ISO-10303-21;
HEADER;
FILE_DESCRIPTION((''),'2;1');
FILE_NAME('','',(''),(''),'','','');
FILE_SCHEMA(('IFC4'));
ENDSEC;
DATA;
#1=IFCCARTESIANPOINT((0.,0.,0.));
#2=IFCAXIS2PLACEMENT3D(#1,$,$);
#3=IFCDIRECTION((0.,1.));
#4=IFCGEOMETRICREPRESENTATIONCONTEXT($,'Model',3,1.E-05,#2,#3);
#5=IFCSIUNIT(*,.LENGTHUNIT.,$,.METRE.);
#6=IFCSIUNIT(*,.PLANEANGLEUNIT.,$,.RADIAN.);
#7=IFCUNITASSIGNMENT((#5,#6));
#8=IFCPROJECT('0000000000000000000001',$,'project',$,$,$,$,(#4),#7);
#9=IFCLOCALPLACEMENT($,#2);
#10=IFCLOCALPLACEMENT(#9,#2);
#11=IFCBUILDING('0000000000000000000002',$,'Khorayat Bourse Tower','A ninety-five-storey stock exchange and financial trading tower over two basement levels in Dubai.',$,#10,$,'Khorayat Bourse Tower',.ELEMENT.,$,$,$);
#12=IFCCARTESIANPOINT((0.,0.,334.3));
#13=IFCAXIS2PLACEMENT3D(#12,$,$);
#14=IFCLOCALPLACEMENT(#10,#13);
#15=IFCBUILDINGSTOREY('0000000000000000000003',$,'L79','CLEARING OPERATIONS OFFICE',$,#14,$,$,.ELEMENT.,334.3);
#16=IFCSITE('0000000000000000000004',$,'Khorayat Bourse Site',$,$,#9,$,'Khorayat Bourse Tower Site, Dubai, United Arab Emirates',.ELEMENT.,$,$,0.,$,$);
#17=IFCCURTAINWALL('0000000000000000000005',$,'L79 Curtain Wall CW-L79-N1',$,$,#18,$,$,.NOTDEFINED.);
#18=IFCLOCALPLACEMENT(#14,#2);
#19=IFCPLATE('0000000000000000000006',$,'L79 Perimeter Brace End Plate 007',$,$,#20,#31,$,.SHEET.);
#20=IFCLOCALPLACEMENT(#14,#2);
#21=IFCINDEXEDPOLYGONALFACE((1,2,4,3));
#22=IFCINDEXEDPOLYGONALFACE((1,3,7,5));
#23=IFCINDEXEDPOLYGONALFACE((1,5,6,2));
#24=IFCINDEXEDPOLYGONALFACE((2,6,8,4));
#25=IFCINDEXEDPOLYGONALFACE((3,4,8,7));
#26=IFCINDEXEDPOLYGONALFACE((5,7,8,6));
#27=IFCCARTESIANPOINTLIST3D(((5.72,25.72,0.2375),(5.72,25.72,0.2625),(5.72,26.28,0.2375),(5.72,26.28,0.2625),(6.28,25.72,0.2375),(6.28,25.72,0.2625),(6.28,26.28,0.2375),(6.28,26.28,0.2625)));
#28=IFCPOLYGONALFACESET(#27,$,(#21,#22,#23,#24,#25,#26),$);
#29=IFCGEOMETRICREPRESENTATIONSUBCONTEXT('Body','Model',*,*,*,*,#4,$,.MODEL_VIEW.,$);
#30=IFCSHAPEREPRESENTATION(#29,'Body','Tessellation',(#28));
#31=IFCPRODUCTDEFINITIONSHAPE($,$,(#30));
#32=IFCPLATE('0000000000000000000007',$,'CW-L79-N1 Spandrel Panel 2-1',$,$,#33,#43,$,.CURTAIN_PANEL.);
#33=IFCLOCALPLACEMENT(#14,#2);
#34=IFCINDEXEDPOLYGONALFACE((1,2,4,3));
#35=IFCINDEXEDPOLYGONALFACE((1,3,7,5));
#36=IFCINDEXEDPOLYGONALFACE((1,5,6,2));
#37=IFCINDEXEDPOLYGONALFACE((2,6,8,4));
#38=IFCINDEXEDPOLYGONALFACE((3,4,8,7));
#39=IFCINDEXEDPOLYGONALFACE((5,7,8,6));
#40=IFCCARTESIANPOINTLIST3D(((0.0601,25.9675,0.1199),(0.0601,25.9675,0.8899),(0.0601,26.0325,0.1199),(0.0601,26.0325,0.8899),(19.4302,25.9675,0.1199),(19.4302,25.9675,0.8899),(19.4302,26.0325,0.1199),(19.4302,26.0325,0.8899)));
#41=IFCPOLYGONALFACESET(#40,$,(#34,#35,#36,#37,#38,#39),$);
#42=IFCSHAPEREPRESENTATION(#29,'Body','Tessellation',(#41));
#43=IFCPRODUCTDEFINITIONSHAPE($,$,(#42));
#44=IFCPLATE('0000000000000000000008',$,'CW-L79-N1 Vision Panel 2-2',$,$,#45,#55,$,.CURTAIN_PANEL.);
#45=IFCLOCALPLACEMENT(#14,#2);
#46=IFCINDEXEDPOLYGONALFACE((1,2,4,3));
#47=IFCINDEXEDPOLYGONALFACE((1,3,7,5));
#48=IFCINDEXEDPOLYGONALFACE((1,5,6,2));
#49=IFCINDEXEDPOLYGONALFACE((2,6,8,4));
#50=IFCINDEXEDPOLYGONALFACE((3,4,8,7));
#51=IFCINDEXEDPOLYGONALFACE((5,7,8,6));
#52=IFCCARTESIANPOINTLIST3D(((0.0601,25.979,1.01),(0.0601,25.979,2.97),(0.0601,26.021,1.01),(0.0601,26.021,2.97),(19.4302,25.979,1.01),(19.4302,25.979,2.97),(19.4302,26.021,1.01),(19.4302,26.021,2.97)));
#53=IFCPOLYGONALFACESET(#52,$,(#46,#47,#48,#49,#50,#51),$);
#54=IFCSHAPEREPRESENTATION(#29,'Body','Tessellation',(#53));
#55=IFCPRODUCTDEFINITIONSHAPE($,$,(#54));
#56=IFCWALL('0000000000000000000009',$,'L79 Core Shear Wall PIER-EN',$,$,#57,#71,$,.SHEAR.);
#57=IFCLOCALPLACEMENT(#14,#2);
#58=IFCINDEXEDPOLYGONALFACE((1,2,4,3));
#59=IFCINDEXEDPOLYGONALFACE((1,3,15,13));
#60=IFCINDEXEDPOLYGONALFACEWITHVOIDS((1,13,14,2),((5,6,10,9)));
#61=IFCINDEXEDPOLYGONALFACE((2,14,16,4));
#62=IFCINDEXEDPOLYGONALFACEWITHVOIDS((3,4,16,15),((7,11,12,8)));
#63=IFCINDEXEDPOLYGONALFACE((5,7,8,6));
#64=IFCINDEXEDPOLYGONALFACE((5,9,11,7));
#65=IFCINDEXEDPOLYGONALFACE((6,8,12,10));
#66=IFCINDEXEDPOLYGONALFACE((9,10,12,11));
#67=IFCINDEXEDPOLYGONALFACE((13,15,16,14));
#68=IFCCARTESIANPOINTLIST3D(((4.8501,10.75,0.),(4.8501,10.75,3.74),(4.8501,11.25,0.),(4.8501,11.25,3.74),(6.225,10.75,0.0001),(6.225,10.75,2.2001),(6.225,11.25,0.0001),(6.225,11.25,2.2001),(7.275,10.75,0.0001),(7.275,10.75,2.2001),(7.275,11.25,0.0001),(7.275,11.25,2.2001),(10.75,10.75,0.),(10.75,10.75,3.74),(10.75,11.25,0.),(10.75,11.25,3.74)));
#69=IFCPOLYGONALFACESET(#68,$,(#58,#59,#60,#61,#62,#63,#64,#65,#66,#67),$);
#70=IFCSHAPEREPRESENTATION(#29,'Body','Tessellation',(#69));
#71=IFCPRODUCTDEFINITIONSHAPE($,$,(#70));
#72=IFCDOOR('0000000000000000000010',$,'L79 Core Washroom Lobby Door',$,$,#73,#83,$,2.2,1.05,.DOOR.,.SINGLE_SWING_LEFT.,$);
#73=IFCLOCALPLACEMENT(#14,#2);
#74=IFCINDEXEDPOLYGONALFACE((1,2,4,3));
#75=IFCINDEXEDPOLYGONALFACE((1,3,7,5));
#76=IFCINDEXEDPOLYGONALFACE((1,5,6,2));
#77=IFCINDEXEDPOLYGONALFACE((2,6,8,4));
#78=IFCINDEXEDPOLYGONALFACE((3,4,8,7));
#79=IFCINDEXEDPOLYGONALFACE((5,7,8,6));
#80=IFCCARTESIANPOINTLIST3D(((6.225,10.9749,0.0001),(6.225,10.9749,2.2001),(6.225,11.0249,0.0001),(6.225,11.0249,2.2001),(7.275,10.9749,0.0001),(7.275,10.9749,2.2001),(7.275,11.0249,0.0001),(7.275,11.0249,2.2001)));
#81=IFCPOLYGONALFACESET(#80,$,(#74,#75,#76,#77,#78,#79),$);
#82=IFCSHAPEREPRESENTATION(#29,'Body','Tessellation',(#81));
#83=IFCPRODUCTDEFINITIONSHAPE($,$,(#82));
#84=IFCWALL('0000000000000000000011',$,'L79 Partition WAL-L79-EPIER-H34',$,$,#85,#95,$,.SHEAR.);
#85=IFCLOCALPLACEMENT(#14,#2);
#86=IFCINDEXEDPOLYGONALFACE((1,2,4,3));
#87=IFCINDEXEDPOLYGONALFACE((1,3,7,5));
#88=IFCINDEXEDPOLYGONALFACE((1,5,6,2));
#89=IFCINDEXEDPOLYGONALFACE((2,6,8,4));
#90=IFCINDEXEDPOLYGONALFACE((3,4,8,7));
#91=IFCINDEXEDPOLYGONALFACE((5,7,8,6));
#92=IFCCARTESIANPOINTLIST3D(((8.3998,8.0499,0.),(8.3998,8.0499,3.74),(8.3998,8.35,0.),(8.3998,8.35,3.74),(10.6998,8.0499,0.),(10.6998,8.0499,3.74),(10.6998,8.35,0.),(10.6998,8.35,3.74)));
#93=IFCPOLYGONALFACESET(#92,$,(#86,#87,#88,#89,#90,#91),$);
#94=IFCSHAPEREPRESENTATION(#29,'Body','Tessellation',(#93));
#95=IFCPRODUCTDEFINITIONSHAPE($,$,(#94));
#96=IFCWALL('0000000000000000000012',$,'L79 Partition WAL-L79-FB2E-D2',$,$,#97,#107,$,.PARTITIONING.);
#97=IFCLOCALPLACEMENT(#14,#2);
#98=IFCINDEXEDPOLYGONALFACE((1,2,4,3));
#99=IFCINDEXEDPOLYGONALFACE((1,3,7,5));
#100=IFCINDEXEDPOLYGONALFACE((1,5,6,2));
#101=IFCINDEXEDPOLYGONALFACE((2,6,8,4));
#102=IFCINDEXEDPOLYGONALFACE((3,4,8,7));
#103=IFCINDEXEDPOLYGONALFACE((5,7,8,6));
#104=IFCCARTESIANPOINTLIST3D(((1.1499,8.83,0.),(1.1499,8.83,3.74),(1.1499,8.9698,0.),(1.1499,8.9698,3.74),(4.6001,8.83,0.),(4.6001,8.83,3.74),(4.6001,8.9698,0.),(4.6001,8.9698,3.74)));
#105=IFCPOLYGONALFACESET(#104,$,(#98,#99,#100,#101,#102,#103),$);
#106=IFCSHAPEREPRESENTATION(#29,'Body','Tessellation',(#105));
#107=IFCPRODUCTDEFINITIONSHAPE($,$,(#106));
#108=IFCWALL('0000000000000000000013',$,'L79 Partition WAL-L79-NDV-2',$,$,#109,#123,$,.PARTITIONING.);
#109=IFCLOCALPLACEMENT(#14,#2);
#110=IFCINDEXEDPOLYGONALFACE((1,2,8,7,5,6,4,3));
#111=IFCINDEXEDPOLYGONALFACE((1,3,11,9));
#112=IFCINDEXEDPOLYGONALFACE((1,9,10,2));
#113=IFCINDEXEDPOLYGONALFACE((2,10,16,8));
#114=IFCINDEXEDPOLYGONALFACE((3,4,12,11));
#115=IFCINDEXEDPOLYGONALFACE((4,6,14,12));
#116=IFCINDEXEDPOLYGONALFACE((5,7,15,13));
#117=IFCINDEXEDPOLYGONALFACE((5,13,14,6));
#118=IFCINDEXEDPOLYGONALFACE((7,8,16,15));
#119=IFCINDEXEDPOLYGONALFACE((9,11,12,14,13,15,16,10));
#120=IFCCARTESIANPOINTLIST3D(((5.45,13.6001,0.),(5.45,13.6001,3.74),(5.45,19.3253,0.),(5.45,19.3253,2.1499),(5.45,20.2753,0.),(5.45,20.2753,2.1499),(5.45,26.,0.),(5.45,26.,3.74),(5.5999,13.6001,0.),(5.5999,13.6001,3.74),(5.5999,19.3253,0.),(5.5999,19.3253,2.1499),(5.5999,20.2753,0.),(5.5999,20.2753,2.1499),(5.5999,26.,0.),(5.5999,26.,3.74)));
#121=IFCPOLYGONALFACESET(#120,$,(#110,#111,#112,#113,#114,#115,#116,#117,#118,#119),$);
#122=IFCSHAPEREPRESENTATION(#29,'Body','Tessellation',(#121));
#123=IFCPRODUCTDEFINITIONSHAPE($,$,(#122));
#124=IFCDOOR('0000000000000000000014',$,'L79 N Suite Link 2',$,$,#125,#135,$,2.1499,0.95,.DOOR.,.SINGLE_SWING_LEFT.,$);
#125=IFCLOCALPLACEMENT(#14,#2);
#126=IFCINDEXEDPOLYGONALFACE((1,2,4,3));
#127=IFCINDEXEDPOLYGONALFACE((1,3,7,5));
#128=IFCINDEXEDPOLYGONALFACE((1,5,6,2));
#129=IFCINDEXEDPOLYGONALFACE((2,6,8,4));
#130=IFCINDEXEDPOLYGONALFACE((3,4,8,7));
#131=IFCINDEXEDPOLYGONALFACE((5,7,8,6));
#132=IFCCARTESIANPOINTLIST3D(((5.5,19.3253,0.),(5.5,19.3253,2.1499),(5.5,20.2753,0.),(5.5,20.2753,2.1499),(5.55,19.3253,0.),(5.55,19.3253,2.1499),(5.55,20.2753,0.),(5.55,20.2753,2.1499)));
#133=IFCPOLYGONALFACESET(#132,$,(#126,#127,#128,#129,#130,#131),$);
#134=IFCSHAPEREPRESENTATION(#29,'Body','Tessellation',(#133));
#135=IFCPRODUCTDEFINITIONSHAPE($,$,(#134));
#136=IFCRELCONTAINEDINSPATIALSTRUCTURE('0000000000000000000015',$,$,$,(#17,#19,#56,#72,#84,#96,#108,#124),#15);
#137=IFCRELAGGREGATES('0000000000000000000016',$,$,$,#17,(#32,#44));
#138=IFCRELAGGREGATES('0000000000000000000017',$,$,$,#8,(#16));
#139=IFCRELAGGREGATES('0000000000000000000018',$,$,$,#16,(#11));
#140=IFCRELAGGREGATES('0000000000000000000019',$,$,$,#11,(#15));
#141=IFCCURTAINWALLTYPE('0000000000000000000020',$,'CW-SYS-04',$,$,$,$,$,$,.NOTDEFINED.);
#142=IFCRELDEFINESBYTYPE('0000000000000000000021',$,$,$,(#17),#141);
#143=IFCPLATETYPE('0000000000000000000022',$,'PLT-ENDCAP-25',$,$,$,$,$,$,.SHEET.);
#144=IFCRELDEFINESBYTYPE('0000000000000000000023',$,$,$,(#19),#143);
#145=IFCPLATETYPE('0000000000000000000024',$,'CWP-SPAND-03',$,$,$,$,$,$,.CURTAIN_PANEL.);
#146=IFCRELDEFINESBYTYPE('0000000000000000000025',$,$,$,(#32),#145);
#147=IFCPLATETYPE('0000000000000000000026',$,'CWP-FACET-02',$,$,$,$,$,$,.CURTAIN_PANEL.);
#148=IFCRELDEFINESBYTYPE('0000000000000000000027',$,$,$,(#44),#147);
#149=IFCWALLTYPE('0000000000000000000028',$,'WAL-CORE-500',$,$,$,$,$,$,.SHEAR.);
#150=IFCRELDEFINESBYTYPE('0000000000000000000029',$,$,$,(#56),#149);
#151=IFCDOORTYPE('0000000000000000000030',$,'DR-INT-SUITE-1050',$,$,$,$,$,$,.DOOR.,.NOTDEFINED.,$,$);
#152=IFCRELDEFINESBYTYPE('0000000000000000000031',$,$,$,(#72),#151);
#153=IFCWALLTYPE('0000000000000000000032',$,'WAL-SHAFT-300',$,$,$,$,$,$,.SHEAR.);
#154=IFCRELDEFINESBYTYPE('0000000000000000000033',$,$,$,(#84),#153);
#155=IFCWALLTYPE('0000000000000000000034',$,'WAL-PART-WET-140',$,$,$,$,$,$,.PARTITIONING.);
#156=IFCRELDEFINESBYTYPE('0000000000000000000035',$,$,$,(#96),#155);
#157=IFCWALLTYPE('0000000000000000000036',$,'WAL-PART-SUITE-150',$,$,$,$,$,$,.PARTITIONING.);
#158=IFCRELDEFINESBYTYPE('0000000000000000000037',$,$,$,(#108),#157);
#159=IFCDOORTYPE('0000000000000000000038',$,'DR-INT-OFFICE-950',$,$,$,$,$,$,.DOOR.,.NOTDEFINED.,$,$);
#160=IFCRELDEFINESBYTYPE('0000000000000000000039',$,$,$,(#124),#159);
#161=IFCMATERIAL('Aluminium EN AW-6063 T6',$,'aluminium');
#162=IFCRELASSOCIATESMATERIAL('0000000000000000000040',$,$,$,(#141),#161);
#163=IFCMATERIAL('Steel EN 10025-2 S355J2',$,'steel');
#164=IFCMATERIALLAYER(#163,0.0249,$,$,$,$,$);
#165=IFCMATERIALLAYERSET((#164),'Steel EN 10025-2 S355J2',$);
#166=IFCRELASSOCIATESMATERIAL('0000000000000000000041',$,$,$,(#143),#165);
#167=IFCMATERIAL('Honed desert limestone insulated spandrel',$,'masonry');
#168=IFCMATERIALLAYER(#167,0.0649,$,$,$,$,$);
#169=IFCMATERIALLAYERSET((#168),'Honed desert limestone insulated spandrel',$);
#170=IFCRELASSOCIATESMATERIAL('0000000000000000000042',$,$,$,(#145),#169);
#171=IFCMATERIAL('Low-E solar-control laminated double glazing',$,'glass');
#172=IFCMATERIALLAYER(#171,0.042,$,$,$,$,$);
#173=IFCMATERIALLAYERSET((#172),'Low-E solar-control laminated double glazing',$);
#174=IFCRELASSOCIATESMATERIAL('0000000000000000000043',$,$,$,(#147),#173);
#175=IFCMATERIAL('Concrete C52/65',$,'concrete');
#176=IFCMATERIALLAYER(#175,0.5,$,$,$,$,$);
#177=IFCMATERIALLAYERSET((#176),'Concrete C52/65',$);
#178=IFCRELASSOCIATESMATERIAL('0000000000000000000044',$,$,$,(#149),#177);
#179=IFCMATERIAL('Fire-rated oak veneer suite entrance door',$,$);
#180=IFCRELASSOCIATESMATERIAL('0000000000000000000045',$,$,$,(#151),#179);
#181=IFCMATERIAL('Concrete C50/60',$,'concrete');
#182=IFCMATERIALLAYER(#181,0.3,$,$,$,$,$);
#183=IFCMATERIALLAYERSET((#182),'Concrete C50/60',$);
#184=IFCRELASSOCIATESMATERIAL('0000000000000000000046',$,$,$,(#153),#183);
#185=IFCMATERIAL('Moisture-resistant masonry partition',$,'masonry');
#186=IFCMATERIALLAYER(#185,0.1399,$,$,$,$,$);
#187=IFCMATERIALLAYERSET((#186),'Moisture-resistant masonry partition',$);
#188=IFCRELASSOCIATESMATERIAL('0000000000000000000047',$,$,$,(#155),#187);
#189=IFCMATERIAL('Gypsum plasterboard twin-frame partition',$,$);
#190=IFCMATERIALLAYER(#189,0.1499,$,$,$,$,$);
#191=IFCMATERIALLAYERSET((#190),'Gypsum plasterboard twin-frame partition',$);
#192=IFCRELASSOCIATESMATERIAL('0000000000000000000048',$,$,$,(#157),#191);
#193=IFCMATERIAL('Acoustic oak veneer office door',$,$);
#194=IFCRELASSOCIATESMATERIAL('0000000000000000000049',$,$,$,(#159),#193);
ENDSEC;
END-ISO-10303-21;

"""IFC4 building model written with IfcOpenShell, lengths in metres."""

from ifc_helpers import new_model, si_unit, direction, frame, frame_2d, origin, origin_2d, place, context, subcontext, project, spatial, rectangle, extrude, source, transform, mapped, material, layer, layer_set, type_object, element, fill, aggregate, save


model = new_model("IFC4")

# Units and contexts
model_context = context("Model", 3, precision=1e-05, world=origin(), true_north=direction((0.0, 1.0)))
body_context = subcontext(model_context, "Body", "Model", "MODEL_VIEW")
ifc_project = project(units=[si_unit("LENGTHUNIT", "METRE"), si_unit("PLANEANGLEUNIT", "RADIAN")], contexts=[model_context])

# Site, building, storey
site_placement = place(None, origin())
site = spatial("IfcSite", under=ifc_project, at=site_placement, Name="Khorayat Bourse Site", LongName="Khorayat Bourse Tower Site, Dubai, United Arab Emirates", CompositionType="ELEMENT", RefElevation=0.0)
building_placement = place(site_placement, origin())
building = spatial("IfcBuilding", under=site, at=building_placement, Name="Khorayat Bourse Tower", Description="A ninety-five-storey stock exchange and financial trading tower over two basement levels in Dubai.", LongName="Khorayat Bourse Tower", CompositionType="ELEMENT")
storey_placement = place(building_placement, frame((0.0, 0.0, 334.3)))
storey = spatial("IfcBuildingStorey", under=building, at=storey_placement, Name="L79", Description="CLEARING OPERATIONS OFFICE", CompositionType="ELEMENT", Elevation=334.3)

# Shared definitions
ifc_material_1 = material(Name="Concrete C52/65", Category="concrete")
ifc_material_2 = material(Name="Steel EN 10025-2 S355J2", Category="steel")

# Curtain wall
ifc_material_3 = material(Name="Aluminium EN AW-6063 T6", Category="aluminium")
curtain_wall_type = type_object("IfcCurtainWallType", Name="CW-SYS-04", PredefinedType="NOTDEFINED", material=ifc_material_3)
curtain_wall_placement = place(storey_placement, origin())
curtain_wall = element("IfcCurtainWall", 1, at=curtain_wall_placement, inside=storey, type_object=curtain_wall_type, Name="L79 Curtain Wall CW-L79-N1", PredefinedType="NOTDEFINED")

# Plates
ifc_layer_1 = layer(ifc_material_2, 0.0249)
ifc_layer_set_1 = layer_set([ifc_layer_1], Name="Steel EN 10025-2 S355J2")
plate_type_1 = type_object("IfcPlateType", Name="PLT-ENDCAP-25", PredefinedType="SHEET", material=ifc_layer_set_1)
shared_shape_1 = source(origin(), body_context, "Body", "SweptSolid", [
    extrude(rectangle(XDim=0.5601, YDim=0.5601, at=origin_2d()), origin(), (0.0, 0.0, 1.0), 0.0249),
])
plate_1_placement = place(storey_placement, frame((6.0, 26.0, 0.2375), z_axis=(0.0, 0.0, 1.0), x_axis=(1.0, 0.0, 0.0)))
element("IfcPlate", 2, at=plate_1_placement, inside=storey, type_object=plate_type_1, Name="L79 Perimeter Brace End Plate 007", PredefinedType="SHEET", context=body_context, shape_type="MappedRepresentation", body=[
    mapped(shared_shape_1, transform((0.0, 0.0, 0.0), scale=1.0)),
])
ifc_material_4 = material(Name="Honed desert limestone insulated spandrel", Category="masonry")
ifc_layer_2 = layer(ifc_material_4, 0.0649)
ifc_layer_set_2 = layer_set([ifc_layer_2], Name="Honed desert limestone insulated spandrel")
plate_type_2 = type_object("IfcPlateType", Name="CWP-SPAND-03", PredefinedType="CURTAIN_PANEL", material=ifc_layer_set_2)
shared_shape_2 = source(origin(), body_context, "Body", "SweptSolid", [
    extrude(rectangle(XDim=19.3701, YDim=0.0649, at=origin_2d()), origin(), (0.0, 0.0, 1.0), 0.77),
])
plate_2_placement = place(storey_placement, frame((9.7451, 26.0, 0.1199), z_axis=(0.0, 0.0, 1.0), x_axis=(1.0, 0.0, 0.0)))
plate_2 = element("IfcPlate", 3, at=plate_2_placement, type_object=plate_type_2, Name="CW-L79-N1 Spandrel Panel 2-1", PredefinedType="CURTAIN_PANEL", context=body_context, shape_type="MappedRepresentation", body=[
    mapped(shared_shape_2, transform((0.0, 0.0, 0.0), scale=1.0)),
])
ifc_material_5 = material(Name="Low-E solar-control laminated double glazing", Category="glass")
ifc_layer_3 = layer(ifc_material_5, 0.042)
ifc_layer_set_3 = layer_set([ifc_layer_3], Name="Low-E solar-control laminated double glazing")
plate_type_3 = type_object("IfcPlateType", Name="CWP-FACET-02", PredefinedType="CURTAIN_PANEL", material=ifc_layer_set_3)
shared_shape_3 = source(origin(), body_context, "Body", "SweptSolid", [
    extrude(rectangle(XDim=19.3701, YDim=0.042, at=origin_2d()), origin(), (0.0, 0.0, 1.0), 1.96),
])
plate_3_placement = place(storey_placement, frame((9.7451, 26.0, 1.01), z_axis=(0.0, 0.0, 1.0), x_axis=(1.0, 0.0, 0.0)))
plate_3 = element("IfcPlate", 4, at=plate_3_placement, type_object=plate_type_3, Name="CW-L79-N1 Vision Panel 2-2", PredefinedType="CURTAIN_PANEL", context=body_context, shape_type="MappedRepresentation", body=[
    mapped(shared_shape_3, transform((0.0, 0.0, 0.0), scale=1.0)),
])
aggregate(curtain_wall, [plate_2, plate_3])

# Wall, opening, door
ifc_layer_4 = layer(ifc_material_1, 0.5)
ifc_layer_set_4 = layer_set([ifc_layer_4], Name="Concrete C52/65")
wall_type_1 = type_object("IfcWallType", Name="WAL-CORE-500", PredefinedType="SHEAR", material=ifc_layer_set_4)
shared_shape_4 = source(origin(), body_context, "Body", "SweptSolid", [
    extrude(rectangle(XDim=5.8999, YDim=0.5, at=frame_2d((2.95, 0.0))), origin(), (0.0, 0.0, 1.0), 3.74),
])
wall_1_placement = place(storey_placement, frame((4.8501, 11.0, 0.0), z_axis=(0.0, 0.0, 1.0), x_axis=(1.0, 0.0, 0.0)))
wall_1 = element("IfcWall", 5, at=wall_1_placement, inside=storey, type_object=wall_type_1, Name="L79 Core Shear Wall PIER-EN", PredefinedType="SHEAR", context=body_context, shape_type="MappedRepresentation", body=[
    mapped(shared_shape_4, transform((0.0, 0.0, 0.0), scale=1.0)),
])
shared_shape_5 = source(origin(), body_context, "Body", "SweptSolid", [
    extrude(rectangle(XDim=1.05, YDim=2.2, at=frame_2d((0.5249, 1.1001))), frame((0.0, 0.26, 0.0), z_axis=(0.0, -1.0, 0.0), x_axis=(1.0, 0.0, 0.0)), (0.0, 0.0, 1.0), 0.52),
])
opening_1_placement = place(wall_1_placement, frame((1.375, 0.0, 0.0)))
opening_1 = element("IfcOpeningElement", 6, at=opening_1_placement, cuts=wall_1, PredefinedType="OPENING", context=body_context, shape_type="MappedRepresentation", body=[
    mapped(shared_shape_5, transform((0.0, 0.0, 0.0), scale=1.0)),
])
ifc_material_6 = material(Name="Fire-rated oak veneer suite entrance door")
door_type_1 = type_object("IfcDoorType", Name="DR-INT-SUITE-1050", OperationType="NOTDEFINED", PredefinedType="DOOR", material=ifc_material_6)
shared_shape_6 = source(origin(), body_context, "Body", "SweptSolid", [
    extrude(rectangle(XDim=1.05, YDim=2.2, at=frame_2d((0.5249, 1.1001))), frame((0.0, 0.0249, 0.0), z_axis=(0.0, -1.0, 0.0), x_axis=(1.0, 0.0, 0.0)), (0.0, 0.0, 1.0), 0.05),
])
door_1_placement = place(opening_1_placement, origin())
door_1 = element("IfcDoor", 7, at=door_1_placement, inside=storey, type_object=door_type_1, Name="L79 Core Washroom Lobby Door", OperationType="SINGLE_SWING_LEFT", OverallHeight=2.2, OverallWidth=1.05, PredefinedType="DOOR", context=body_context, shape_type="MappedRepresentation", body=[
    mapped(shared_shape_6, transform((0.0, 0.0, 0.0), scale=1.0)),
])
fill(opening_1, door_1)

# Wall
ifc_material_7 = material(Name="Concrete C50/60", Category="concrete")
ifc_layer_5 = layer(ifc_material_7, 0.3)
ifc_layer_set_5 = layer_set([ifc_layer_5], Name="Concrete C50/60")
wall_type_2 = type_object("IfcWallType", Name="WAL-SHAFT-300", PredefinedType="SHEAR", material=ifc_layer_set_5)
shared_shape_7 = source(origin(), body_context, "Body", "SweptSolid", [
    extrude(rectangle(XDim=2.3, YDim=0.3, at=frame_2d((1.1499, 0.0))), origin(), (0.0, 0.0, 1.0), 3.74),
])
wall_2_placement = place(storey_placement, frame((8.3999, 8.2, 0.0), z_axis=(0.0, 0.0, 1.0), x_axis=(1.0, 0.0, 0.0)))
element("IfcWall", 8, at=wall_2_placement, inside=storey, type_object=wall_type_2, Name="L79 Partition WAL-L79-EPIER-H34", PredefinedType="SHEAR", context=body_context, shape_type="MappedRepresentation", body=[
    mapped(shared_shape_7, transform((0.0, 0.0, 0.0), scale=1.0)),
])

# Shared definitions
ifc_material_8 = material(Name="Moisture-resistant masonry partition", Category="masonry")
ifc_layer_6 = layer(ifc_material_8, 0.1399)
ifc_layer_set_6 = layer_set([ifc_layer_6], Name="Moisture-resistant masonry partition")
wall_type_3 = type_object("IfcWallType", Name="WAL-PART-WET-140", PredefinedType="PARTITIONING", material=ifc_layer_set_6)

# Wall
shared_shape_8 = source(origin(), body_context, "Body", "SweptSolid", [
    extrude(rectangle(XDim=3.4502, YDim=0.1399, at=frame_2d((1.7251, 0.0))), origin(), (0.0, 0.0, 1.0), 3.74),
])
wall_3_placement = place(storey_placement, frame((1.1499, 8.8999, 0.0), z_axis=(0.0, 0.0, 1.0), x_axis=(1.0, 0.0, 0.0)))
element("IfcWall", 9, at=wall_3_placement, inside=storey, type_object=wall_type_3, Name="L79 Partition WAL-L79-FB2E-D2", PredefinedType="PARTITIONING", context=body_context, shape_type="MappedRepresentation", body=[
    mapped(shared_shape_8, transform((0.0, 0.0, 0.0), scale=1.0)),
])

# Wall, opening, door
ifc_material_9 = material(Name="Gypsum plasterboard twin-frame partition")
ifc_layer_7 = layer(ifc_material_9, 0.1499)
ifc_layer_set_7 = layer_set([ifc_layer_7], Name="Gypsum plasterboard twin-frame partition")
wall_type_4 = type_object("IfcWallType", Name="WAL-PART-SUITE-150", PredefinedType="PARTITIONING", material=ifc_layer_set_7)
shared_shape_9 = source(origin(), body_context, "Body", "SweptSolid", [
    extrude(rectangle(XDim=12.3999, YDim=0.1499, at=frame_2d((6.2, 0.0))), origin(), (0.0, 0.0, 1.0), 3.74),
])
wall_4_placement = place(storey_placement, frame((5.5249, 13.6001, 0.0), z_axis=(0.0, 0.0, 1.0), x_axis=(0.0, 1.0, 0.0)))
wall_4 = element("IfcWall", 10, at=wall_4_placement, inside=storey, type_object=wall_type_4, Name="L79 Partition WAL-L79-NDV-2", PredefinedType="PARTITIONING", context=body_context, shape_type="MappedRepresentation", body=[
    mapped(shared_shape_9, transform((0.0, 0.0, 0.0), scale=1.0)),
])
shared_shape_10 = source(origin(), body_context, "Body", "SweptSolid", [
    extrude(rectangle(XDim=0.95, YDim=2.1499, at=frame_2d((0.4751, 1.075))), frame((0.0, 0.085, 0.0), z_axis=(0.0, -1.0, 0.0), x_axis=(1.0, 0.0, 0.0)), (0.0, 0.0, 1.0), 0.1699),
])
opening_2_placement = place(wall_4_placement, frame((5.7251, 0.0, 0.0)))
opening_2 = element("IfcOpeningElement", 11, at=opening_2_placement, cuts=wall_4, PredefinedType="OPENING", context=body_context, shape_type="MappedRepresentation", body=[
    mapped(shared_shape_10, transform((0.0, 0.0, 0.0), scale=1.0)),
])
ifc_material_10 = material(Name="Acoustic oak veneer office door")
door_type_2 = type_object("IfcDoorType", Name="DR-INT-OFFICE-950", OperationType="NOTDEFINED", PredefinedType="DOOR", material=ifc_material_10)
shared_shape_11 = source(origin(), body_context, "Body", "SweptSolid", [
    extrude(rectangle(XDim=0.95, YDim=2.1499, at=frame_2d((0.4751, 1.075))), frame((0.0, 0.0249, 0.0), z_axis=(0.0, -1.0, 0.0), x_axis=(1.0, 0.0, 0.0)), (0.0, 0.0, 1.0), 0.05),
])
door_2_placement = place(opening_2_placement, origin())
door_2 = element("IfcDoor", 12, at=door_2_placement, inside=storey, type_object=door_type_2, Name="L79 N Suite Link 2", OperationType="SINGLE_SWING_LEFT", OverallHeight=2.1499, OverallWidth=0.95, PredefinedType="DOOR", context=body_context, shape_type="MappedRepresentation", body=[
    mapped(shared_shape_11, transform((0.0, 0.0, 0.0), scale=1.0)),
])
fill(opening_2, door_2)

save(model, "model.ifc")
